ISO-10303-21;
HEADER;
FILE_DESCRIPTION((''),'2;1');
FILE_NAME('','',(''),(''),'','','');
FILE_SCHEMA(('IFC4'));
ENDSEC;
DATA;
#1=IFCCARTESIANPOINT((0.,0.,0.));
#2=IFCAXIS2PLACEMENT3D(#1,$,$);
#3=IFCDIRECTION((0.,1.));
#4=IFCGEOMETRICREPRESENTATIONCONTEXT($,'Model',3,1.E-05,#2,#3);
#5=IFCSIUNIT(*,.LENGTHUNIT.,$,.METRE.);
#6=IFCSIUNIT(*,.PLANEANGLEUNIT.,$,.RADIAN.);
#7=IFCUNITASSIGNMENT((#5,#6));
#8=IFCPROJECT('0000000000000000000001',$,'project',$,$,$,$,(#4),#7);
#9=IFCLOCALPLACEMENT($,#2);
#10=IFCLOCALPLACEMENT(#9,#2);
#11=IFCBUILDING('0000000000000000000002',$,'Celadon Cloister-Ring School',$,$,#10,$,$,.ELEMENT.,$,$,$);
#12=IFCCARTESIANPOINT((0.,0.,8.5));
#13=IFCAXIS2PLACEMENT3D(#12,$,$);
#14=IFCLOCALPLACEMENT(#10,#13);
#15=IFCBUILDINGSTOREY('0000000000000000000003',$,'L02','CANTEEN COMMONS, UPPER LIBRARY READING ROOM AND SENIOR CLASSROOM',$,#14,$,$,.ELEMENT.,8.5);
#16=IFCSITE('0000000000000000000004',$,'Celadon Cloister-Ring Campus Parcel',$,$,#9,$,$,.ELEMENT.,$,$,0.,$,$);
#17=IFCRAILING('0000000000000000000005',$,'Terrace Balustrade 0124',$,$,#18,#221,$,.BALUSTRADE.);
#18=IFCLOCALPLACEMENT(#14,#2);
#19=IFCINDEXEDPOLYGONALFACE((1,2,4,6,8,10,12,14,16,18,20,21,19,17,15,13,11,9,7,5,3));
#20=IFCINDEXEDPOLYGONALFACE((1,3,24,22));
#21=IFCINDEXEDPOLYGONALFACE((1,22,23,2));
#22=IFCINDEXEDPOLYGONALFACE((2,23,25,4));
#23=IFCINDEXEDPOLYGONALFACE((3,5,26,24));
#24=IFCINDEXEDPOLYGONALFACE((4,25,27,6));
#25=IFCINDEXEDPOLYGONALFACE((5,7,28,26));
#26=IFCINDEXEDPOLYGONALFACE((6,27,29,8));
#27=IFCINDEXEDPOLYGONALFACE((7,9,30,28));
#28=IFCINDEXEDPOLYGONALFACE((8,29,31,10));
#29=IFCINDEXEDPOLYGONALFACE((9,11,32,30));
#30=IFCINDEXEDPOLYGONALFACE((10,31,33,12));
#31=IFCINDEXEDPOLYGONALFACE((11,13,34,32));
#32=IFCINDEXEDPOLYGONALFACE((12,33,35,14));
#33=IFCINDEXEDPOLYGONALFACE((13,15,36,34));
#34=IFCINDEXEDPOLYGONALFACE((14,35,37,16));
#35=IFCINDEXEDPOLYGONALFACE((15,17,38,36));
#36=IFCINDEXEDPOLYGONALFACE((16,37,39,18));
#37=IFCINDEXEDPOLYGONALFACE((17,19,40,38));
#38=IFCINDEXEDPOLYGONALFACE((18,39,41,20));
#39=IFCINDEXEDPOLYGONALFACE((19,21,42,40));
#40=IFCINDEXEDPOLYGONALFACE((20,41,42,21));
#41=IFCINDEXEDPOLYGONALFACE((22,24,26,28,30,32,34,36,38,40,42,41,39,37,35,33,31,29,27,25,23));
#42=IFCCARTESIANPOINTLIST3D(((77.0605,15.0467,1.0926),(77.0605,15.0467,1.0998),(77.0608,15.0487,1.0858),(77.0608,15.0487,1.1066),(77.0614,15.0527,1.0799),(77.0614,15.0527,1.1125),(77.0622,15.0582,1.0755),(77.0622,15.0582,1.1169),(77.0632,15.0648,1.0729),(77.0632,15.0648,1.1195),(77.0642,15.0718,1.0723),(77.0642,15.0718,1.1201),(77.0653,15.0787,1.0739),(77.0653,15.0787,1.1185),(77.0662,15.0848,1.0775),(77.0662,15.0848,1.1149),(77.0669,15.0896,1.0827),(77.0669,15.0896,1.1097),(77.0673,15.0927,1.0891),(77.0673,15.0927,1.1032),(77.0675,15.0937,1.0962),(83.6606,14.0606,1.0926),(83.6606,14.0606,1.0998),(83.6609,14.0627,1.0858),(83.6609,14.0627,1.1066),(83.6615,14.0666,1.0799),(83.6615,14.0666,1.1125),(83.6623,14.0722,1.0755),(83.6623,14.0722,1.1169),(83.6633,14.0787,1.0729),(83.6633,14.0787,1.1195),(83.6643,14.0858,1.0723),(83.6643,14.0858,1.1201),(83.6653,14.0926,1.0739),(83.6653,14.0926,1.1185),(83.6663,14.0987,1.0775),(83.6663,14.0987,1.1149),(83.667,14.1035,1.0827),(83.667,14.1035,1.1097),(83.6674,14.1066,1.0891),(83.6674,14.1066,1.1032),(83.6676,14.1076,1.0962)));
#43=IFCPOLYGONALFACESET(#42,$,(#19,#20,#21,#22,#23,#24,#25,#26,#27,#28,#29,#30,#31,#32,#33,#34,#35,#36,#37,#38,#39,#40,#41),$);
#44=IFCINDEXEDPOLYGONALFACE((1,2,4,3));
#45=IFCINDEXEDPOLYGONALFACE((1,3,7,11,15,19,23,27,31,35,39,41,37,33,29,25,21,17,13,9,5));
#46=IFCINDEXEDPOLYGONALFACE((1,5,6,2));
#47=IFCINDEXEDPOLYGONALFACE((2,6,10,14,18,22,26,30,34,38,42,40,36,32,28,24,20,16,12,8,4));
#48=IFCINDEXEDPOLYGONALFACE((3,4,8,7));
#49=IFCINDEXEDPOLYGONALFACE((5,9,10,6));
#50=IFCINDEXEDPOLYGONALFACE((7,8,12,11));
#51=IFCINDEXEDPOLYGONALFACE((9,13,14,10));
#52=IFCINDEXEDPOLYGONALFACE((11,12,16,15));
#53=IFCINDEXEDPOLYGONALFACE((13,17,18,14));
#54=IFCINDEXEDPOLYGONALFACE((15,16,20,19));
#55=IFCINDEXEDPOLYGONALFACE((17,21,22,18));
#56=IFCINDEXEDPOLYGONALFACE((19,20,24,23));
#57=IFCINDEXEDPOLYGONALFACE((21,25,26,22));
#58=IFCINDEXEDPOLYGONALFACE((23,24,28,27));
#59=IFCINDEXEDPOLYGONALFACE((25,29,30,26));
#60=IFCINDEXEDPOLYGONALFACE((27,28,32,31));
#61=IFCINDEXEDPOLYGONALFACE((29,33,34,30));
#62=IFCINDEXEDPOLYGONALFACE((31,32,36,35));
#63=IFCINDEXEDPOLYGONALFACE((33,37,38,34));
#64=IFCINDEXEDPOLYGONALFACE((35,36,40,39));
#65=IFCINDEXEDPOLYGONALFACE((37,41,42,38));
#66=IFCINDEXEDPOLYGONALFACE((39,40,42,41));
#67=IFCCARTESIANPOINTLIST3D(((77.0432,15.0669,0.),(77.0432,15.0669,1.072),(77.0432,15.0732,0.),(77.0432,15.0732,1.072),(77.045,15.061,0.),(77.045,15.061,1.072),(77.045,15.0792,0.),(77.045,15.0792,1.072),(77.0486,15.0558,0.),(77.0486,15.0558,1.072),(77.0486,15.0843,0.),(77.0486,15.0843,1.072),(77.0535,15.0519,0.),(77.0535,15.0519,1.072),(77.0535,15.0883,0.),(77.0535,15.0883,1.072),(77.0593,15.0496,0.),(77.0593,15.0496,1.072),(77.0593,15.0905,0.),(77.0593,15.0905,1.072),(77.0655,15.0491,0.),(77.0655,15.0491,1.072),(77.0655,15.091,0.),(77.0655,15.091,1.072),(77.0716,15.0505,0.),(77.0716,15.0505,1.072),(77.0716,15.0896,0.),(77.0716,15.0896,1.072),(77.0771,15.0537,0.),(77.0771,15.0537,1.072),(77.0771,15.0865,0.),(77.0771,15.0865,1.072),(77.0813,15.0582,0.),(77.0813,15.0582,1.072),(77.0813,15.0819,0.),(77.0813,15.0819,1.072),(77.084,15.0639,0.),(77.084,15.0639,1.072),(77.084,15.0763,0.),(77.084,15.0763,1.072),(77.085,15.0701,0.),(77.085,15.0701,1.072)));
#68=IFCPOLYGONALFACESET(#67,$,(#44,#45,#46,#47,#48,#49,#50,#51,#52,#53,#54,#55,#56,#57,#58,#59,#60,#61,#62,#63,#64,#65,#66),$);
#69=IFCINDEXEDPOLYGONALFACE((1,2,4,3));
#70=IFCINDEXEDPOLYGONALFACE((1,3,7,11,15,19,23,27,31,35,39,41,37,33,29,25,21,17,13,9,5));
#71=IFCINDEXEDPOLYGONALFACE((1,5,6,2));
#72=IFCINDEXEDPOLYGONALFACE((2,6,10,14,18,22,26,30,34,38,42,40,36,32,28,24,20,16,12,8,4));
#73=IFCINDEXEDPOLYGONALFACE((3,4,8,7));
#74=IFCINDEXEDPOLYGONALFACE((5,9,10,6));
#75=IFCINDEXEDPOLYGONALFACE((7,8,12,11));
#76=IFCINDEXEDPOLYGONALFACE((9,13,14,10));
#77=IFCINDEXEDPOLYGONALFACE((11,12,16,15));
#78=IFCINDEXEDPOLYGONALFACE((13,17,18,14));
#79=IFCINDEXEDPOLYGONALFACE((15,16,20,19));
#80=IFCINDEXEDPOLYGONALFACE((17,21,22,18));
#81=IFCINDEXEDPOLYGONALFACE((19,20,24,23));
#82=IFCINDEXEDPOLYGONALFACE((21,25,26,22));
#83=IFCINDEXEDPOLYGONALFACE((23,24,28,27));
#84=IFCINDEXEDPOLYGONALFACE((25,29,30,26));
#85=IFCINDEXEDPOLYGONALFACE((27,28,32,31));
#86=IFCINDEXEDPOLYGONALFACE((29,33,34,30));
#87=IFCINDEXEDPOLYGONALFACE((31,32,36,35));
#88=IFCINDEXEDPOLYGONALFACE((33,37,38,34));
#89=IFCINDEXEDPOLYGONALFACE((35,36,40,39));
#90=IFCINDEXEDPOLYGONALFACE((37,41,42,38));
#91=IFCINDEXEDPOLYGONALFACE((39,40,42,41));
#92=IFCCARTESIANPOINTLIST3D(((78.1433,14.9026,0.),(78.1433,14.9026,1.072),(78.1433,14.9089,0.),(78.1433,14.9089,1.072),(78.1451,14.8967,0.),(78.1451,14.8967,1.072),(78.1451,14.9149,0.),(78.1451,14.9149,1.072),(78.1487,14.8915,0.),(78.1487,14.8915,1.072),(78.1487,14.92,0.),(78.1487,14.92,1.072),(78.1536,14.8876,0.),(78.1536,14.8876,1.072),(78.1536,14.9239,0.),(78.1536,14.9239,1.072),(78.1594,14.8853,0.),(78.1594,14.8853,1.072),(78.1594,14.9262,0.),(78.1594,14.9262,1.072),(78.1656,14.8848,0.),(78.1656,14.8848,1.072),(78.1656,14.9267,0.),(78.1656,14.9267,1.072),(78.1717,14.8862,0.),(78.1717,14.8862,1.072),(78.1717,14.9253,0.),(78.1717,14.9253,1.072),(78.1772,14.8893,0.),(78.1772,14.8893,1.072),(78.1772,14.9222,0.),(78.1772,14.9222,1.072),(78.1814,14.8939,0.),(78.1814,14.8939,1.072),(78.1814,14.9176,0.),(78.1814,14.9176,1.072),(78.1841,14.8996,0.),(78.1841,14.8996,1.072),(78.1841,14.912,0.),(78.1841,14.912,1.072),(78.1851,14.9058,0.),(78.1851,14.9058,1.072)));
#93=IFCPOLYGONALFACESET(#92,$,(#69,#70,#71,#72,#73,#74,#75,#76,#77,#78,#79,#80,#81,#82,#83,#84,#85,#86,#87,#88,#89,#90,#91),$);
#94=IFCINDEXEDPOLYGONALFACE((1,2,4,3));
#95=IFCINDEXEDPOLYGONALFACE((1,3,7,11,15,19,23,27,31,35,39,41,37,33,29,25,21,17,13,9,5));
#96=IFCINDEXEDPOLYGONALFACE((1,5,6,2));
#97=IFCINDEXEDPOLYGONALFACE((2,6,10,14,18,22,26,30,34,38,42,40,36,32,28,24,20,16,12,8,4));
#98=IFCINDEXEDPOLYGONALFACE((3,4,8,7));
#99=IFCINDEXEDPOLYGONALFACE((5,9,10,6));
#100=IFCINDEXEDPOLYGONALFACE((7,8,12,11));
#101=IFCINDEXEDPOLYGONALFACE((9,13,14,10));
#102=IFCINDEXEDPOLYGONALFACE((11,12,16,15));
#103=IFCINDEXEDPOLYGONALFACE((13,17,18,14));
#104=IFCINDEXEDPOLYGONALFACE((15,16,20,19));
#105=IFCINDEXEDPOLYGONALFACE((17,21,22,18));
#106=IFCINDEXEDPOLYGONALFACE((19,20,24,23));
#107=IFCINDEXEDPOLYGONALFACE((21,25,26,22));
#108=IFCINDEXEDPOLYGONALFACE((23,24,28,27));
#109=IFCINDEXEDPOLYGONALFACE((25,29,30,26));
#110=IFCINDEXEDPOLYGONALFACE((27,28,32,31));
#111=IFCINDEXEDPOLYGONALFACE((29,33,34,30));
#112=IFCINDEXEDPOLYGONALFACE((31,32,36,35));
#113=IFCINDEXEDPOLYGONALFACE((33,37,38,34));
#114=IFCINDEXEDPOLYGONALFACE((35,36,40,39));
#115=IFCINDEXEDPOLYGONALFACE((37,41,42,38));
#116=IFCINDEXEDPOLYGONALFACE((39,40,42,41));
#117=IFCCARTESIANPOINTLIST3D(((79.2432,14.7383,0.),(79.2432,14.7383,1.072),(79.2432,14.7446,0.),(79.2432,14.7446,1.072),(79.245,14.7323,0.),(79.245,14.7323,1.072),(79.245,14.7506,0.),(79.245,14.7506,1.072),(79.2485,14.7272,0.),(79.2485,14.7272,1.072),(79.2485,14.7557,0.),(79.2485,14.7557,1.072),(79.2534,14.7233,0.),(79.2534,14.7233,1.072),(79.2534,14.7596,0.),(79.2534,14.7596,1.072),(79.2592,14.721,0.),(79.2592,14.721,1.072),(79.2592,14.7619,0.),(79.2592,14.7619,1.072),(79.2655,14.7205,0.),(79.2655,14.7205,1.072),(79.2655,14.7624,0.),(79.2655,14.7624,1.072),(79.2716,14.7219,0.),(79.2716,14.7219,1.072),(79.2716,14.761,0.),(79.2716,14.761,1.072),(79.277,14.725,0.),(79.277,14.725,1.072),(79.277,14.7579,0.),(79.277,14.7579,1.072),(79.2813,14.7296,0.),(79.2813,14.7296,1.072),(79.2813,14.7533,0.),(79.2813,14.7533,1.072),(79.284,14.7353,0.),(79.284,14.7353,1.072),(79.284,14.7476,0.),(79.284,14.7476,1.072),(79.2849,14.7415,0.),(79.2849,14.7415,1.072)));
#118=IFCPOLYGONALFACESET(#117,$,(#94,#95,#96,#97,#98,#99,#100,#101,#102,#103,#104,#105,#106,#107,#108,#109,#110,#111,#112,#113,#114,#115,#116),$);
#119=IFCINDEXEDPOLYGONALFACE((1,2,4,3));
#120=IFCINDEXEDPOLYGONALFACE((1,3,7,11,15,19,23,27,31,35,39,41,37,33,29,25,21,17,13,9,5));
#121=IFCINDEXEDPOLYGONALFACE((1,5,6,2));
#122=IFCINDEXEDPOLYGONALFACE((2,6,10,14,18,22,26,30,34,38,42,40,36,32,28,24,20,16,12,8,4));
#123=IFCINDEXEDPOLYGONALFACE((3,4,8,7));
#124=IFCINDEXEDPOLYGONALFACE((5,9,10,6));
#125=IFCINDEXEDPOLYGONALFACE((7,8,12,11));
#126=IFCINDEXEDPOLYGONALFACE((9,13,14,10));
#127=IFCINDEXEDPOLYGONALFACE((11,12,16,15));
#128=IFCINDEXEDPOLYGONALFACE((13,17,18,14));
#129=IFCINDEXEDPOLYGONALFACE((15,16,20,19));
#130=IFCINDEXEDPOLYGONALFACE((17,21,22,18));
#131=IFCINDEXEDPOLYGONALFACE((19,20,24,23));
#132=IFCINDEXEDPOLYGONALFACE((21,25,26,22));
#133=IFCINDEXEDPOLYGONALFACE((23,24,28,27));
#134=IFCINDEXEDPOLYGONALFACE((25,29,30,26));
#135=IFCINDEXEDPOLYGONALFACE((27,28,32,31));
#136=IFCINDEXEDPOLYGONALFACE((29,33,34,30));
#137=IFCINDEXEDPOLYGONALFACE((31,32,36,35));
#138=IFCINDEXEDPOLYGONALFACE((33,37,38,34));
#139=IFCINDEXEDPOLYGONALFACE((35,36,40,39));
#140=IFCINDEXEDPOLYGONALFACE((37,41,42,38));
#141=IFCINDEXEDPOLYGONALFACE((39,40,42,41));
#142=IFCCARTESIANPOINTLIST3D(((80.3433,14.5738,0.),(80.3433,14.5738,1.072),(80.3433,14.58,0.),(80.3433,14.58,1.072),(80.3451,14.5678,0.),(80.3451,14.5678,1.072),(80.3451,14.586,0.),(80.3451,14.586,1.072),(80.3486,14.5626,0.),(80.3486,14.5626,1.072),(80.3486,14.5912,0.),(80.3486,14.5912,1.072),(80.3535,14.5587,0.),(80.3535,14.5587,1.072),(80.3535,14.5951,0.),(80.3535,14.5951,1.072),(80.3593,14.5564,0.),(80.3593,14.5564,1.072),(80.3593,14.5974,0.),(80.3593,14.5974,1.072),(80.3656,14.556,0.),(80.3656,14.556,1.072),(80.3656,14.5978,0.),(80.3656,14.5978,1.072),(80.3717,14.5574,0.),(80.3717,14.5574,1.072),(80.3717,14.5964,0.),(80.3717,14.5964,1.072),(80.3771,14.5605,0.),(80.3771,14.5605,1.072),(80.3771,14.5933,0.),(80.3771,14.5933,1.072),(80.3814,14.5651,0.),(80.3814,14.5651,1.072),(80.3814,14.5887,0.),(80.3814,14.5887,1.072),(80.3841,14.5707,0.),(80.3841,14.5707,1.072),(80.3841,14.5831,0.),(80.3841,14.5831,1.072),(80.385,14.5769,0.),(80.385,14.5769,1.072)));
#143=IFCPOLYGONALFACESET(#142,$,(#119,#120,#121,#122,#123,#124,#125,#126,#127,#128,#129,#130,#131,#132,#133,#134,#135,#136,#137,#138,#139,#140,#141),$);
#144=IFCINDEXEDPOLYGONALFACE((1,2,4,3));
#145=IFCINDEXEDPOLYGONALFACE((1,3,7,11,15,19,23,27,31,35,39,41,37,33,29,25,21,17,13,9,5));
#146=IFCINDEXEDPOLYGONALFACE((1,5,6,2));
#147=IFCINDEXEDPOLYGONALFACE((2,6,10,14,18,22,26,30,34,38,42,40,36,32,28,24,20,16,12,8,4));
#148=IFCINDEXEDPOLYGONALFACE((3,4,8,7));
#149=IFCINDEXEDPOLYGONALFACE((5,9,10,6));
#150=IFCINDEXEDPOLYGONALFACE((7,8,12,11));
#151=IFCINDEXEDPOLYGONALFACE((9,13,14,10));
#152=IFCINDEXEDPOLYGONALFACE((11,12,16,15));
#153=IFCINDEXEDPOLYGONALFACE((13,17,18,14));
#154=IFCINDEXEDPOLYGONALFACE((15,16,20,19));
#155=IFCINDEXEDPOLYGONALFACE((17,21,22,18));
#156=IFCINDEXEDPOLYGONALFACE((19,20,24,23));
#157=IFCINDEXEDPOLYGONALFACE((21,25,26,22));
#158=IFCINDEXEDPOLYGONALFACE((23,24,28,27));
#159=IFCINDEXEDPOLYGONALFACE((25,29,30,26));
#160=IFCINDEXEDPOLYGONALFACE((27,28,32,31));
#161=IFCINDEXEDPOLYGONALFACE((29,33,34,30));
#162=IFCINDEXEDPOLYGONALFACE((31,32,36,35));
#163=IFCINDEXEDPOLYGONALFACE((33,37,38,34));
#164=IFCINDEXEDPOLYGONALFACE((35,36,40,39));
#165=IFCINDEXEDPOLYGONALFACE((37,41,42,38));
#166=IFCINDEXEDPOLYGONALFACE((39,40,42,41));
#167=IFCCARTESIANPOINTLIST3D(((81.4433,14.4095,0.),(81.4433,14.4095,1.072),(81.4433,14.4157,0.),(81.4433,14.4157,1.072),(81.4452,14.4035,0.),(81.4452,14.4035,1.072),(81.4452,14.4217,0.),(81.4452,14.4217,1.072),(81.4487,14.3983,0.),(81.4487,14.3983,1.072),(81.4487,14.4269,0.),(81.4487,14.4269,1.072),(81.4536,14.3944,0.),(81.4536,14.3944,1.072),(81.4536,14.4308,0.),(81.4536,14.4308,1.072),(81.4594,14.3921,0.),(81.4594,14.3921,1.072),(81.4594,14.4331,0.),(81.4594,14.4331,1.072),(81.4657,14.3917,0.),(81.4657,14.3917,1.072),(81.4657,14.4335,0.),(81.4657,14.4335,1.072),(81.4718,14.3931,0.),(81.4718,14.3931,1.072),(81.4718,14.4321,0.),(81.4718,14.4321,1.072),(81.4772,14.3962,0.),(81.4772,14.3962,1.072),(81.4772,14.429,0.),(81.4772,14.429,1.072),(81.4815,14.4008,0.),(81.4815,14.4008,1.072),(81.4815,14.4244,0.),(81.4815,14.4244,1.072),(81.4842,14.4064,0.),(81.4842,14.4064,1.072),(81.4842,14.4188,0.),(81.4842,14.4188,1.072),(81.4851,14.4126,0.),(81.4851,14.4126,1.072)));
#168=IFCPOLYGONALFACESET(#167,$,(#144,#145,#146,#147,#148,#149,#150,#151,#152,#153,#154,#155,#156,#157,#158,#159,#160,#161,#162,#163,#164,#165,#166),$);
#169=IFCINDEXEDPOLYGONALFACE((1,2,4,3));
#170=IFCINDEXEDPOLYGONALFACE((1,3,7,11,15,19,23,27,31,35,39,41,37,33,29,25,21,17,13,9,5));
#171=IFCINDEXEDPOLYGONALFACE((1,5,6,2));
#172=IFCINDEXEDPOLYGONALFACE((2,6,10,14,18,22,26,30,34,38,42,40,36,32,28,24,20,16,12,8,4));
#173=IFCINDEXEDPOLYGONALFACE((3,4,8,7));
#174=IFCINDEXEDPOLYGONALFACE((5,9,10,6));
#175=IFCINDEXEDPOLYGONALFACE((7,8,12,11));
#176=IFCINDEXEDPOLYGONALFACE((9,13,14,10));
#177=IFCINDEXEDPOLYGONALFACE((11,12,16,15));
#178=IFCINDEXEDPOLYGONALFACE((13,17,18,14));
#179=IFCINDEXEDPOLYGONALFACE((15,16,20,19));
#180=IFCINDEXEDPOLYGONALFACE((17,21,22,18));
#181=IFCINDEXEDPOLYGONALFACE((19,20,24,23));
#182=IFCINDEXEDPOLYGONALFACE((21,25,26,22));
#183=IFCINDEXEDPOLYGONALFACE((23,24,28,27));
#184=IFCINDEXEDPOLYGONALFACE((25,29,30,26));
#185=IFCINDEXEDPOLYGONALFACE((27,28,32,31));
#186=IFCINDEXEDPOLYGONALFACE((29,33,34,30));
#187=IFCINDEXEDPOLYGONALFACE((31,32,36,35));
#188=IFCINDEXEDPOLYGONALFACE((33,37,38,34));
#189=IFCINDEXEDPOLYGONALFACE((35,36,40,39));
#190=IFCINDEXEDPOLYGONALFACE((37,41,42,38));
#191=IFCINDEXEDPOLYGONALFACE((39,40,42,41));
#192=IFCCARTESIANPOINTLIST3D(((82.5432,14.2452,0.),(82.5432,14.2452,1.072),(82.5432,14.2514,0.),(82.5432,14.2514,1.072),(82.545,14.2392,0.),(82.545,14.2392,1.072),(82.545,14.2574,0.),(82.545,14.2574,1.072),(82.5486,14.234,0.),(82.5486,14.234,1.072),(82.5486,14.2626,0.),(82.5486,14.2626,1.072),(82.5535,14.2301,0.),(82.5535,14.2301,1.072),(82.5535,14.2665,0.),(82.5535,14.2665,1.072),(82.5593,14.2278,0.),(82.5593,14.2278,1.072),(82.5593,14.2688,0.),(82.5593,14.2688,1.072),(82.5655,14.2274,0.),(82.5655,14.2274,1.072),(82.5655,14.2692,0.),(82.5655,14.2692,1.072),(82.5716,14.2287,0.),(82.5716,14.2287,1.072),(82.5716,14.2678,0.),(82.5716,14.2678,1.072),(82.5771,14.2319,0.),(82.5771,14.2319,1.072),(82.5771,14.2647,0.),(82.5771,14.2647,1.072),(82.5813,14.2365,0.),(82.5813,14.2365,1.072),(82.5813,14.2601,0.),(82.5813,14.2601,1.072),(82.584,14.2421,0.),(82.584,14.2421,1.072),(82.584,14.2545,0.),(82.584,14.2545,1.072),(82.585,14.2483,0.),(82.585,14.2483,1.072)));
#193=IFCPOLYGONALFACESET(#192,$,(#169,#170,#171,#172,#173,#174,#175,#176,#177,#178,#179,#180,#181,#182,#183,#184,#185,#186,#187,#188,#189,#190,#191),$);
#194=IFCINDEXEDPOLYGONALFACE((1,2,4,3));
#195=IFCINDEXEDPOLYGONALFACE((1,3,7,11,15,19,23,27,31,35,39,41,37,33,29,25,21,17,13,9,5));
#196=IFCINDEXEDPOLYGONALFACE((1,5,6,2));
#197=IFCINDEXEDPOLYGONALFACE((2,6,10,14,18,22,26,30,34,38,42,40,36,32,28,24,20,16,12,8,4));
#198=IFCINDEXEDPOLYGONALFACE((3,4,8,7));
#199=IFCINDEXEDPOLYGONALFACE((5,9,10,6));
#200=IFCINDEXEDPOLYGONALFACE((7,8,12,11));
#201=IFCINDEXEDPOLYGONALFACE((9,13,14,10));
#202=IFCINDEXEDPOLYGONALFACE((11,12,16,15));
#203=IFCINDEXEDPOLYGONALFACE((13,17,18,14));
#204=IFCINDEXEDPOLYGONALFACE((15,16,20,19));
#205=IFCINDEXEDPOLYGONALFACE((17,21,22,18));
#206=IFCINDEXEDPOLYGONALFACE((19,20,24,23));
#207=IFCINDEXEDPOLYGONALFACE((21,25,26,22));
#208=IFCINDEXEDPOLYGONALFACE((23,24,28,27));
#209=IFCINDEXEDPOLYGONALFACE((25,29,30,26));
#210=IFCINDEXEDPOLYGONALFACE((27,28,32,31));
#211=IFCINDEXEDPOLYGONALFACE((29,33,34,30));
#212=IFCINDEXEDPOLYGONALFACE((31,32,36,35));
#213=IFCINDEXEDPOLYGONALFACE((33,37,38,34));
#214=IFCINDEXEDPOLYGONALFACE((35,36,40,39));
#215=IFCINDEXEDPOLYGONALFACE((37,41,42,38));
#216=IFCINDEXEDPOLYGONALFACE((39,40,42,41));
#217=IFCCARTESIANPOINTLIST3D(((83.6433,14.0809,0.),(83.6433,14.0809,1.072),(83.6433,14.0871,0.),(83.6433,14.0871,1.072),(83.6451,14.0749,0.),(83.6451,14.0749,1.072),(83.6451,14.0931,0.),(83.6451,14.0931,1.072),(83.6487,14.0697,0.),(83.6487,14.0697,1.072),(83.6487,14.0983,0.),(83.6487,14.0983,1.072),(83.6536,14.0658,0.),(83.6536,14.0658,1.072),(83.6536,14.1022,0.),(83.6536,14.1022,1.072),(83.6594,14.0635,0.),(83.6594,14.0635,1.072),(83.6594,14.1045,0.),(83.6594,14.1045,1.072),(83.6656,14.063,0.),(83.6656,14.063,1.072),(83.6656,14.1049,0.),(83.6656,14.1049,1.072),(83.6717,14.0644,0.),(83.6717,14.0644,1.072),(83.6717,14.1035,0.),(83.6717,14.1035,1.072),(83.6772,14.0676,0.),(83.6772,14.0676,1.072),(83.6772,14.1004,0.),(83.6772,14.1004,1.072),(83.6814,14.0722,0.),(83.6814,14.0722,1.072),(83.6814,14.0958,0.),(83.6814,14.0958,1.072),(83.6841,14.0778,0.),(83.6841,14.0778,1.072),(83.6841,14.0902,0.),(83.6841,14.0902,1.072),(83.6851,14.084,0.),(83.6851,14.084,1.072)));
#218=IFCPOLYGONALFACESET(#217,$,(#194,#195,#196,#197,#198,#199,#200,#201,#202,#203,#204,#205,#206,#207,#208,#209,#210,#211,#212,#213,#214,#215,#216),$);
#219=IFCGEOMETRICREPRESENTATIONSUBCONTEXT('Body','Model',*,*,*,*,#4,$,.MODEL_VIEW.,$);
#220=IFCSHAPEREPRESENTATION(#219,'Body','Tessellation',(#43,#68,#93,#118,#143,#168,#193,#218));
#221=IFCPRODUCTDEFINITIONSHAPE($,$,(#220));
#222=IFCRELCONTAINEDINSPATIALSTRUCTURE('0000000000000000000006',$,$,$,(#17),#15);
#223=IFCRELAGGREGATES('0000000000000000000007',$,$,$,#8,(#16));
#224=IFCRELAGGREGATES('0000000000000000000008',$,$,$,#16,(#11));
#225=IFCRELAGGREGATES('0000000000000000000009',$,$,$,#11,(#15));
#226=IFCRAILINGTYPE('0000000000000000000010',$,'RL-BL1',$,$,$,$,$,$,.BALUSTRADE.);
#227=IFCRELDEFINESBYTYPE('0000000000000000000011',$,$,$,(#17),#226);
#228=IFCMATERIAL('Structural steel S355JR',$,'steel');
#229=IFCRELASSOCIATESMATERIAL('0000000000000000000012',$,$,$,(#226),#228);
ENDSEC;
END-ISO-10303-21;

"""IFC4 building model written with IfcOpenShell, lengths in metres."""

from ifc_helpers import new_model, si_unit, direction, frame, origin, origin_2d, place, context, subcontext, project, spatial, circle, extrude, material, type_object, element, save


model = new_model("IFC4")

# Units and contexts
model_context = context("Model", 3, precision=1e-05, world=origin(), true_north=direction((0.0, 1.0)))
body_context = subcontext(model_context, "Body", "Model", "MODEL_VIEW")
ifc_project = project(units=[si_unit("LENGTHUNIT", "METRE"), si_unit("PLANEANGLEUNIT", "RADIAN")], contexts=[model_context])

# Site, building, storey
site_placement = place(None, origin())
site = spatial("IfcSite", under=ifc_project, at=site_placement, Name="Celadon Cloister-Ring Campus Parcel", CompositionType="ELEMENT", RefElevation=0.0)
building_placement = place(site_placement, origin())
building = spatial("IfcBuilding", under=site, at=building_placement, Name="Celadon Cloister-Ring School", CompositionType="ELEMENT")
storey_placement = place(building_placement, frame((0.0, 0.0, 8.5)))
storey = spatial("IfcBuildingStorey", under=building, at=storey_placement, Name="L02", Description="CANTEEN COMMONS, UPPER LIBRARY READING ROOM AND SENIOR CLASSROOM", CompositionType="ELEMENT", Elevation=8.5)

# Railing
ifc_material_1 = material(Name="Structural steel S355JR", Category="steel")
railing_type = type_object("IfcRailingType", Name="RL-BL1", PredefinedType="BALUSTRADE", material=ifc_material_1)
railing_1_placement = place(storey_placement, frame((77.064, 15.0701, 0.0)))
element("IfcRailing", 1, at=railing_1_placement, inside=storey, type_object=railing_type, Name="Terrace Balustrade 0124", PredefinedType="BALUSTRADE", context=body_context, shape_type="SweptSolid", body=[
    extrude(circle(Radius=0.0239, at=origin_2d()), frame((0.0, 0.0, 1.0962), z_axis=(0.989023, -0.147764, 0.0), x_axis=(0.147764, 0.989023, 0.0)), (0.0, 0.0, 1.0), 6.6733),
    extrude(circle(Radius=0.021, at=origin_2d()), origin(), (0.0, 0.0, 1.0), 1.072),
    extrude(circle(Radius=0.021, at=origin_2d()), frame((1.1001, -0.1643, 0.0)), (0.0, 0.0, 1.0), 1.072),
    extrude(circle(Radius=0.021, at=origin_2d()), frame((2.2, -0.3286, 0.0)), (0.0, 0.0, 1.0), 1.072),
    extrude(circle(Radius=0.021, at=origin_2d()), frame((3.3, -0.4932, 0.0)), (0.0, 0.0, 1.0), 1.072),
    extrude(circle(Radius=0.021, at=origin_2d()), frame((4.4001, -0.6575, 0.0)), (0.0, 0.0, 1.0), 1.072),
    extrude(circle(Radius=0.021, at=origin_2d()), frame((5.5, -0.8218, 0.0)), (0.0, 0.0, 1.0), 1.072),
    extrude(circle(Radius=0.021, at=origin_2d()), frame((6.6001, -0.9861, 0.0)), (0.0, 0.0, 1.0), 1.072),
])

save(model, "model.ifc")
